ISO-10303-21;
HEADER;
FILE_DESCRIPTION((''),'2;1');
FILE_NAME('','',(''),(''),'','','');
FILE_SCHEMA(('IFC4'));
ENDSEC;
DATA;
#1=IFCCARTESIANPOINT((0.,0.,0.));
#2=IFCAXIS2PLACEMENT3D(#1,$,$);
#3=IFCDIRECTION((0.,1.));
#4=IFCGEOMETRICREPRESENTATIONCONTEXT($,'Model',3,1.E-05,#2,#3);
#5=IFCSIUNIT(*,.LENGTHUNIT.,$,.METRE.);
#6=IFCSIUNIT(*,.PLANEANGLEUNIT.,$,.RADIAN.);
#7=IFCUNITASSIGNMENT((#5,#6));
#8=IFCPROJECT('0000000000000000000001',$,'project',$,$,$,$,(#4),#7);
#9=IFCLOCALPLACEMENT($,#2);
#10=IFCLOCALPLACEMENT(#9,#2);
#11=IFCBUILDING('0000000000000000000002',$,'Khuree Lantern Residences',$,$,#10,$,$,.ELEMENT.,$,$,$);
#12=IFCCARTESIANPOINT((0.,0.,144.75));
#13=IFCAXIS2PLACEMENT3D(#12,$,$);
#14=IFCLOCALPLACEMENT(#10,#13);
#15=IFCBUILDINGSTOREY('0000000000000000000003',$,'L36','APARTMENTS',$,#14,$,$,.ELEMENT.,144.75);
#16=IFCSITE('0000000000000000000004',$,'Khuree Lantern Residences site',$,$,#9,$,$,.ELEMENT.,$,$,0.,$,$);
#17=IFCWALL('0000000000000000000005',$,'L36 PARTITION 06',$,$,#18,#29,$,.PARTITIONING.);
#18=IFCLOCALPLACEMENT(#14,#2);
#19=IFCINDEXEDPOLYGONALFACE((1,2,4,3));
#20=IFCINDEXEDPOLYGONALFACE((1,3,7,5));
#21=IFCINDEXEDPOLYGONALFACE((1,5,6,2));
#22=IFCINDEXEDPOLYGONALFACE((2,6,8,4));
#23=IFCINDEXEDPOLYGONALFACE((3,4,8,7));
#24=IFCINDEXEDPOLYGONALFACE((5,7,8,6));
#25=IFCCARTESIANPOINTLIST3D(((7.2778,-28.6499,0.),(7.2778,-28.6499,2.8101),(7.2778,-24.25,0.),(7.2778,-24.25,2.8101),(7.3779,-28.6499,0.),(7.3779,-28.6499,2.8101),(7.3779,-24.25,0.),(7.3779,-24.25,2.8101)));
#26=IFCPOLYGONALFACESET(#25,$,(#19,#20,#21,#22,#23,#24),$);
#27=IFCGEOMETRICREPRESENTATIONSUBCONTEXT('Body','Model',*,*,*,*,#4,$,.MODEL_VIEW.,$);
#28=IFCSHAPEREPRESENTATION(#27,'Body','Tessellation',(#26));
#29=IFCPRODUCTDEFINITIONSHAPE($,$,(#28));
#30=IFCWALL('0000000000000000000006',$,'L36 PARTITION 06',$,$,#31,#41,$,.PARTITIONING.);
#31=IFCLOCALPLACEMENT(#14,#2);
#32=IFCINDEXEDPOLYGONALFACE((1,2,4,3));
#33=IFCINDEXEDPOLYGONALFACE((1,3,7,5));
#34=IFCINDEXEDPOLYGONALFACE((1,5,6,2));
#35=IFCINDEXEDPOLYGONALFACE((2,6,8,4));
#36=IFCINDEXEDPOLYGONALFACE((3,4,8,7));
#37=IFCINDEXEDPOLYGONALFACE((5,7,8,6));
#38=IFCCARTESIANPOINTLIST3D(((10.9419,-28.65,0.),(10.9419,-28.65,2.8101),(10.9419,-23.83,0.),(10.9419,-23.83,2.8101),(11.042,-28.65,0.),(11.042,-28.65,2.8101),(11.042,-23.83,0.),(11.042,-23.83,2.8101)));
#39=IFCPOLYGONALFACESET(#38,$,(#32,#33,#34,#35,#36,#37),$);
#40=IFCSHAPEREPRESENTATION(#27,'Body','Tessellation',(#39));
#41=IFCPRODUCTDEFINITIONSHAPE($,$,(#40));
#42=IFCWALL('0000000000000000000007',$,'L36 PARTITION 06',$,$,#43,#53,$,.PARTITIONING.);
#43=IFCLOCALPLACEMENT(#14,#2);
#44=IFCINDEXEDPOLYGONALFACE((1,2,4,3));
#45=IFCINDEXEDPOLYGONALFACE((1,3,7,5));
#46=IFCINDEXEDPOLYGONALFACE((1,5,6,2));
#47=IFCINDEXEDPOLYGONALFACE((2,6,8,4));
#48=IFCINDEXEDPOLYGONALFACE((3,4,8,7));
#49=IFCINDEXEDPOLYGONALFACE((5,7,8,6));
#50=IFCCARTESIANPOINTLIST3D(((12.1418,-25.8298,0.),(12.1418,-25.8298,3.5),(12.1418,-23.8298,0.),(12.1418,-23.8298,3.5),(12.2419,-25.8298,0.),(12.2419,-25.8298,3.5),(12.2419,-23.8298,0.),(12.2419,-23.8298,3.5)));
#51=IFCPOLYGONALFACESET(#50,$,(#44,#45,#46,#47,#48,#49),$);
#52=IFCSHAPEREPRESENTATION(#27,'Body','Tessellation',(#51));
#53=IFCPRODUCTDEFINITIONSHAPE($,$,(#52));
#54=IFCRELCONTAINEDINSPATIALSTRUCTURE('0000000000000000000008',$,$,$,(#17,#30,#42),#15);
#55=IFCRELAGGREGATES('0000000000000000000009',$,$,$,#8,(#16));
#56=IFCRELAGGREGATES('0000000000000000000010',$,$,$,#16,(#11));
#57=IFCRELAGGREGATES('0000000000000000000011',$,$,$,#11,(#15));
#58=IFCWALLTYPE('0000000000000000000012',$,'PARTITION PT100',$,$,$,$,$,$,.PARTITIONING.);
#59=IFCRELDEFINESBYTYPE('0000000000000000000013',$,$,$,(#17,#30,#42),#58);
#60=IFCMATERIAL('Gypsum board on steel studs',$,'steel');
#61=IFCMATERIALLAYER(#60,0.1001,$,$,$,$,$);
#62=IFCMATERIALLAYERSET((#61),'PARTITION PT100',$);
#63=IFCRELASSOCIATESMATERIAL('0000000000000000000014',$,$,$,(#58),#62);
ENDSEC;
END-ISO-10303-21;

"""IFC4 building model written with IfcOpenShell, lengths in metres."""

from ifc_helpers import new_model, si_unit, direction, frame, frame_2d, origin, place, context, subcontext, project, spatial, rectangle, extrude, material, layer, layer_set, type_object, element, save


model = new_model("IFC4")

# Units and contexts
model_context = context("Model", 3, precision=1e-05, world=origin(), true_north=direction((0.0, 1.0)))
body_context = subcontext(model_context, "Body", "Model", "MODEL_VIEW")
ifc_project = project(units=[si_unit("LENGTHUNIT", "METRE"), si_unit("PLANEANGLEUNIT", "RADIAN")], contexts=[model_context])

# Site, building, storey
site_placement = place(None, origin())
site = spatial("IfcSite", under=ifc_project, at=site_placement, Name="Khuree Lantern Residences site", CompositionType="ELEMENT", RefElevation=0.0)
building_placement = place(site_placement, origin())
building = spatial("IfcBuilding", under=site, at=building_placement, Name="Khuree Lantern Residences", CompositionType="ELEMENT")
storey_placement = place(building_placement, frame((0.0, 0.0, 144.75)))
storey = spatial("IfcBuildingStorey", under=building, at=storey_placement, Name="L36", Description="APARTMENTS", CompositionType="ELEMENT", Elevation=144.75)

# Shared definitions
ifc_material_1 = material(Name="Gypsum board on steel studs", Category="steel")

# Walls
ifc_layer_1 = layer(ifc_material_1, 0.1001)
ifc_layer_set_1 = layer_set([ifc_layer_1], Name="PARTITION PT100")
wall_type_1 = type_object("IfcWallType", Name="PARTITION PT100", PredefinedType="PARTITIONING", material=ifc_layer_set_1)
wall_1_placement = place(storey_placement, frame((7.3279, -24.25, 0.0), z_axis=(0.0, 0.0, 1.0), x_axis=(0.0, -1.0, 0.0)))
element("IfcWall", 1, at=wall_1_placement, inside=storey, type_object=wall_type_1, Name="L36 PARTITION 06", PredefinedType="PARTITIONING", context=body_context, shape_type="SweptSolid", body=[
    extrude(rectangle(XDim=4.3999, YDim=0.1001, at=frame_2d((2.2, 0.0))), origin(), (0.0, 0.0, 1.0), 2.8101),
])
wall_2_placement = place(storey_placement, frame((10.9919, -23.8298, 0.0), z_axis=(0.0, 0.0, 1.0), x_axis=(0.0, -1.0, 0.0)))
element("IfcWall", 2, at=wall_2_placement, inside=storey, type_object=wall_type_1, Name="L36 PARTITION 06", PredefinedType="PARTITIONING", context=body_context, shape_type="SweptSolid", body=[
    extrude(rectangle(XDim=4.8201, YDim=0.1001, at=frame_2d((2.4102, 0.0))), origin(), (0.0, 0.0, 1.0), 2.8101),
])
wall_3_placement = place(storey_placement, frame((12.1919, -23.8298, 0.0), z_axis=(0.0, 0.0, 1.0), x_axis=(0.0, -1.0, 0.0)))
element("IfcWall", 3, at=wall_3_placement, inside=storey, type_object=wall_type_1, Name="L36 PARTITION 06", PredefinedType="PARTITIONING", context=body_context, shape_type="SweptSolid", body=[
    extrude(rectangle(XDim=2.0, YDim=0.1001, at=frame_2d((1.0, 0.0))), origin(), (0.0, 0.0, 1.0), 3.5),
])

save(model, "model.ifc")
